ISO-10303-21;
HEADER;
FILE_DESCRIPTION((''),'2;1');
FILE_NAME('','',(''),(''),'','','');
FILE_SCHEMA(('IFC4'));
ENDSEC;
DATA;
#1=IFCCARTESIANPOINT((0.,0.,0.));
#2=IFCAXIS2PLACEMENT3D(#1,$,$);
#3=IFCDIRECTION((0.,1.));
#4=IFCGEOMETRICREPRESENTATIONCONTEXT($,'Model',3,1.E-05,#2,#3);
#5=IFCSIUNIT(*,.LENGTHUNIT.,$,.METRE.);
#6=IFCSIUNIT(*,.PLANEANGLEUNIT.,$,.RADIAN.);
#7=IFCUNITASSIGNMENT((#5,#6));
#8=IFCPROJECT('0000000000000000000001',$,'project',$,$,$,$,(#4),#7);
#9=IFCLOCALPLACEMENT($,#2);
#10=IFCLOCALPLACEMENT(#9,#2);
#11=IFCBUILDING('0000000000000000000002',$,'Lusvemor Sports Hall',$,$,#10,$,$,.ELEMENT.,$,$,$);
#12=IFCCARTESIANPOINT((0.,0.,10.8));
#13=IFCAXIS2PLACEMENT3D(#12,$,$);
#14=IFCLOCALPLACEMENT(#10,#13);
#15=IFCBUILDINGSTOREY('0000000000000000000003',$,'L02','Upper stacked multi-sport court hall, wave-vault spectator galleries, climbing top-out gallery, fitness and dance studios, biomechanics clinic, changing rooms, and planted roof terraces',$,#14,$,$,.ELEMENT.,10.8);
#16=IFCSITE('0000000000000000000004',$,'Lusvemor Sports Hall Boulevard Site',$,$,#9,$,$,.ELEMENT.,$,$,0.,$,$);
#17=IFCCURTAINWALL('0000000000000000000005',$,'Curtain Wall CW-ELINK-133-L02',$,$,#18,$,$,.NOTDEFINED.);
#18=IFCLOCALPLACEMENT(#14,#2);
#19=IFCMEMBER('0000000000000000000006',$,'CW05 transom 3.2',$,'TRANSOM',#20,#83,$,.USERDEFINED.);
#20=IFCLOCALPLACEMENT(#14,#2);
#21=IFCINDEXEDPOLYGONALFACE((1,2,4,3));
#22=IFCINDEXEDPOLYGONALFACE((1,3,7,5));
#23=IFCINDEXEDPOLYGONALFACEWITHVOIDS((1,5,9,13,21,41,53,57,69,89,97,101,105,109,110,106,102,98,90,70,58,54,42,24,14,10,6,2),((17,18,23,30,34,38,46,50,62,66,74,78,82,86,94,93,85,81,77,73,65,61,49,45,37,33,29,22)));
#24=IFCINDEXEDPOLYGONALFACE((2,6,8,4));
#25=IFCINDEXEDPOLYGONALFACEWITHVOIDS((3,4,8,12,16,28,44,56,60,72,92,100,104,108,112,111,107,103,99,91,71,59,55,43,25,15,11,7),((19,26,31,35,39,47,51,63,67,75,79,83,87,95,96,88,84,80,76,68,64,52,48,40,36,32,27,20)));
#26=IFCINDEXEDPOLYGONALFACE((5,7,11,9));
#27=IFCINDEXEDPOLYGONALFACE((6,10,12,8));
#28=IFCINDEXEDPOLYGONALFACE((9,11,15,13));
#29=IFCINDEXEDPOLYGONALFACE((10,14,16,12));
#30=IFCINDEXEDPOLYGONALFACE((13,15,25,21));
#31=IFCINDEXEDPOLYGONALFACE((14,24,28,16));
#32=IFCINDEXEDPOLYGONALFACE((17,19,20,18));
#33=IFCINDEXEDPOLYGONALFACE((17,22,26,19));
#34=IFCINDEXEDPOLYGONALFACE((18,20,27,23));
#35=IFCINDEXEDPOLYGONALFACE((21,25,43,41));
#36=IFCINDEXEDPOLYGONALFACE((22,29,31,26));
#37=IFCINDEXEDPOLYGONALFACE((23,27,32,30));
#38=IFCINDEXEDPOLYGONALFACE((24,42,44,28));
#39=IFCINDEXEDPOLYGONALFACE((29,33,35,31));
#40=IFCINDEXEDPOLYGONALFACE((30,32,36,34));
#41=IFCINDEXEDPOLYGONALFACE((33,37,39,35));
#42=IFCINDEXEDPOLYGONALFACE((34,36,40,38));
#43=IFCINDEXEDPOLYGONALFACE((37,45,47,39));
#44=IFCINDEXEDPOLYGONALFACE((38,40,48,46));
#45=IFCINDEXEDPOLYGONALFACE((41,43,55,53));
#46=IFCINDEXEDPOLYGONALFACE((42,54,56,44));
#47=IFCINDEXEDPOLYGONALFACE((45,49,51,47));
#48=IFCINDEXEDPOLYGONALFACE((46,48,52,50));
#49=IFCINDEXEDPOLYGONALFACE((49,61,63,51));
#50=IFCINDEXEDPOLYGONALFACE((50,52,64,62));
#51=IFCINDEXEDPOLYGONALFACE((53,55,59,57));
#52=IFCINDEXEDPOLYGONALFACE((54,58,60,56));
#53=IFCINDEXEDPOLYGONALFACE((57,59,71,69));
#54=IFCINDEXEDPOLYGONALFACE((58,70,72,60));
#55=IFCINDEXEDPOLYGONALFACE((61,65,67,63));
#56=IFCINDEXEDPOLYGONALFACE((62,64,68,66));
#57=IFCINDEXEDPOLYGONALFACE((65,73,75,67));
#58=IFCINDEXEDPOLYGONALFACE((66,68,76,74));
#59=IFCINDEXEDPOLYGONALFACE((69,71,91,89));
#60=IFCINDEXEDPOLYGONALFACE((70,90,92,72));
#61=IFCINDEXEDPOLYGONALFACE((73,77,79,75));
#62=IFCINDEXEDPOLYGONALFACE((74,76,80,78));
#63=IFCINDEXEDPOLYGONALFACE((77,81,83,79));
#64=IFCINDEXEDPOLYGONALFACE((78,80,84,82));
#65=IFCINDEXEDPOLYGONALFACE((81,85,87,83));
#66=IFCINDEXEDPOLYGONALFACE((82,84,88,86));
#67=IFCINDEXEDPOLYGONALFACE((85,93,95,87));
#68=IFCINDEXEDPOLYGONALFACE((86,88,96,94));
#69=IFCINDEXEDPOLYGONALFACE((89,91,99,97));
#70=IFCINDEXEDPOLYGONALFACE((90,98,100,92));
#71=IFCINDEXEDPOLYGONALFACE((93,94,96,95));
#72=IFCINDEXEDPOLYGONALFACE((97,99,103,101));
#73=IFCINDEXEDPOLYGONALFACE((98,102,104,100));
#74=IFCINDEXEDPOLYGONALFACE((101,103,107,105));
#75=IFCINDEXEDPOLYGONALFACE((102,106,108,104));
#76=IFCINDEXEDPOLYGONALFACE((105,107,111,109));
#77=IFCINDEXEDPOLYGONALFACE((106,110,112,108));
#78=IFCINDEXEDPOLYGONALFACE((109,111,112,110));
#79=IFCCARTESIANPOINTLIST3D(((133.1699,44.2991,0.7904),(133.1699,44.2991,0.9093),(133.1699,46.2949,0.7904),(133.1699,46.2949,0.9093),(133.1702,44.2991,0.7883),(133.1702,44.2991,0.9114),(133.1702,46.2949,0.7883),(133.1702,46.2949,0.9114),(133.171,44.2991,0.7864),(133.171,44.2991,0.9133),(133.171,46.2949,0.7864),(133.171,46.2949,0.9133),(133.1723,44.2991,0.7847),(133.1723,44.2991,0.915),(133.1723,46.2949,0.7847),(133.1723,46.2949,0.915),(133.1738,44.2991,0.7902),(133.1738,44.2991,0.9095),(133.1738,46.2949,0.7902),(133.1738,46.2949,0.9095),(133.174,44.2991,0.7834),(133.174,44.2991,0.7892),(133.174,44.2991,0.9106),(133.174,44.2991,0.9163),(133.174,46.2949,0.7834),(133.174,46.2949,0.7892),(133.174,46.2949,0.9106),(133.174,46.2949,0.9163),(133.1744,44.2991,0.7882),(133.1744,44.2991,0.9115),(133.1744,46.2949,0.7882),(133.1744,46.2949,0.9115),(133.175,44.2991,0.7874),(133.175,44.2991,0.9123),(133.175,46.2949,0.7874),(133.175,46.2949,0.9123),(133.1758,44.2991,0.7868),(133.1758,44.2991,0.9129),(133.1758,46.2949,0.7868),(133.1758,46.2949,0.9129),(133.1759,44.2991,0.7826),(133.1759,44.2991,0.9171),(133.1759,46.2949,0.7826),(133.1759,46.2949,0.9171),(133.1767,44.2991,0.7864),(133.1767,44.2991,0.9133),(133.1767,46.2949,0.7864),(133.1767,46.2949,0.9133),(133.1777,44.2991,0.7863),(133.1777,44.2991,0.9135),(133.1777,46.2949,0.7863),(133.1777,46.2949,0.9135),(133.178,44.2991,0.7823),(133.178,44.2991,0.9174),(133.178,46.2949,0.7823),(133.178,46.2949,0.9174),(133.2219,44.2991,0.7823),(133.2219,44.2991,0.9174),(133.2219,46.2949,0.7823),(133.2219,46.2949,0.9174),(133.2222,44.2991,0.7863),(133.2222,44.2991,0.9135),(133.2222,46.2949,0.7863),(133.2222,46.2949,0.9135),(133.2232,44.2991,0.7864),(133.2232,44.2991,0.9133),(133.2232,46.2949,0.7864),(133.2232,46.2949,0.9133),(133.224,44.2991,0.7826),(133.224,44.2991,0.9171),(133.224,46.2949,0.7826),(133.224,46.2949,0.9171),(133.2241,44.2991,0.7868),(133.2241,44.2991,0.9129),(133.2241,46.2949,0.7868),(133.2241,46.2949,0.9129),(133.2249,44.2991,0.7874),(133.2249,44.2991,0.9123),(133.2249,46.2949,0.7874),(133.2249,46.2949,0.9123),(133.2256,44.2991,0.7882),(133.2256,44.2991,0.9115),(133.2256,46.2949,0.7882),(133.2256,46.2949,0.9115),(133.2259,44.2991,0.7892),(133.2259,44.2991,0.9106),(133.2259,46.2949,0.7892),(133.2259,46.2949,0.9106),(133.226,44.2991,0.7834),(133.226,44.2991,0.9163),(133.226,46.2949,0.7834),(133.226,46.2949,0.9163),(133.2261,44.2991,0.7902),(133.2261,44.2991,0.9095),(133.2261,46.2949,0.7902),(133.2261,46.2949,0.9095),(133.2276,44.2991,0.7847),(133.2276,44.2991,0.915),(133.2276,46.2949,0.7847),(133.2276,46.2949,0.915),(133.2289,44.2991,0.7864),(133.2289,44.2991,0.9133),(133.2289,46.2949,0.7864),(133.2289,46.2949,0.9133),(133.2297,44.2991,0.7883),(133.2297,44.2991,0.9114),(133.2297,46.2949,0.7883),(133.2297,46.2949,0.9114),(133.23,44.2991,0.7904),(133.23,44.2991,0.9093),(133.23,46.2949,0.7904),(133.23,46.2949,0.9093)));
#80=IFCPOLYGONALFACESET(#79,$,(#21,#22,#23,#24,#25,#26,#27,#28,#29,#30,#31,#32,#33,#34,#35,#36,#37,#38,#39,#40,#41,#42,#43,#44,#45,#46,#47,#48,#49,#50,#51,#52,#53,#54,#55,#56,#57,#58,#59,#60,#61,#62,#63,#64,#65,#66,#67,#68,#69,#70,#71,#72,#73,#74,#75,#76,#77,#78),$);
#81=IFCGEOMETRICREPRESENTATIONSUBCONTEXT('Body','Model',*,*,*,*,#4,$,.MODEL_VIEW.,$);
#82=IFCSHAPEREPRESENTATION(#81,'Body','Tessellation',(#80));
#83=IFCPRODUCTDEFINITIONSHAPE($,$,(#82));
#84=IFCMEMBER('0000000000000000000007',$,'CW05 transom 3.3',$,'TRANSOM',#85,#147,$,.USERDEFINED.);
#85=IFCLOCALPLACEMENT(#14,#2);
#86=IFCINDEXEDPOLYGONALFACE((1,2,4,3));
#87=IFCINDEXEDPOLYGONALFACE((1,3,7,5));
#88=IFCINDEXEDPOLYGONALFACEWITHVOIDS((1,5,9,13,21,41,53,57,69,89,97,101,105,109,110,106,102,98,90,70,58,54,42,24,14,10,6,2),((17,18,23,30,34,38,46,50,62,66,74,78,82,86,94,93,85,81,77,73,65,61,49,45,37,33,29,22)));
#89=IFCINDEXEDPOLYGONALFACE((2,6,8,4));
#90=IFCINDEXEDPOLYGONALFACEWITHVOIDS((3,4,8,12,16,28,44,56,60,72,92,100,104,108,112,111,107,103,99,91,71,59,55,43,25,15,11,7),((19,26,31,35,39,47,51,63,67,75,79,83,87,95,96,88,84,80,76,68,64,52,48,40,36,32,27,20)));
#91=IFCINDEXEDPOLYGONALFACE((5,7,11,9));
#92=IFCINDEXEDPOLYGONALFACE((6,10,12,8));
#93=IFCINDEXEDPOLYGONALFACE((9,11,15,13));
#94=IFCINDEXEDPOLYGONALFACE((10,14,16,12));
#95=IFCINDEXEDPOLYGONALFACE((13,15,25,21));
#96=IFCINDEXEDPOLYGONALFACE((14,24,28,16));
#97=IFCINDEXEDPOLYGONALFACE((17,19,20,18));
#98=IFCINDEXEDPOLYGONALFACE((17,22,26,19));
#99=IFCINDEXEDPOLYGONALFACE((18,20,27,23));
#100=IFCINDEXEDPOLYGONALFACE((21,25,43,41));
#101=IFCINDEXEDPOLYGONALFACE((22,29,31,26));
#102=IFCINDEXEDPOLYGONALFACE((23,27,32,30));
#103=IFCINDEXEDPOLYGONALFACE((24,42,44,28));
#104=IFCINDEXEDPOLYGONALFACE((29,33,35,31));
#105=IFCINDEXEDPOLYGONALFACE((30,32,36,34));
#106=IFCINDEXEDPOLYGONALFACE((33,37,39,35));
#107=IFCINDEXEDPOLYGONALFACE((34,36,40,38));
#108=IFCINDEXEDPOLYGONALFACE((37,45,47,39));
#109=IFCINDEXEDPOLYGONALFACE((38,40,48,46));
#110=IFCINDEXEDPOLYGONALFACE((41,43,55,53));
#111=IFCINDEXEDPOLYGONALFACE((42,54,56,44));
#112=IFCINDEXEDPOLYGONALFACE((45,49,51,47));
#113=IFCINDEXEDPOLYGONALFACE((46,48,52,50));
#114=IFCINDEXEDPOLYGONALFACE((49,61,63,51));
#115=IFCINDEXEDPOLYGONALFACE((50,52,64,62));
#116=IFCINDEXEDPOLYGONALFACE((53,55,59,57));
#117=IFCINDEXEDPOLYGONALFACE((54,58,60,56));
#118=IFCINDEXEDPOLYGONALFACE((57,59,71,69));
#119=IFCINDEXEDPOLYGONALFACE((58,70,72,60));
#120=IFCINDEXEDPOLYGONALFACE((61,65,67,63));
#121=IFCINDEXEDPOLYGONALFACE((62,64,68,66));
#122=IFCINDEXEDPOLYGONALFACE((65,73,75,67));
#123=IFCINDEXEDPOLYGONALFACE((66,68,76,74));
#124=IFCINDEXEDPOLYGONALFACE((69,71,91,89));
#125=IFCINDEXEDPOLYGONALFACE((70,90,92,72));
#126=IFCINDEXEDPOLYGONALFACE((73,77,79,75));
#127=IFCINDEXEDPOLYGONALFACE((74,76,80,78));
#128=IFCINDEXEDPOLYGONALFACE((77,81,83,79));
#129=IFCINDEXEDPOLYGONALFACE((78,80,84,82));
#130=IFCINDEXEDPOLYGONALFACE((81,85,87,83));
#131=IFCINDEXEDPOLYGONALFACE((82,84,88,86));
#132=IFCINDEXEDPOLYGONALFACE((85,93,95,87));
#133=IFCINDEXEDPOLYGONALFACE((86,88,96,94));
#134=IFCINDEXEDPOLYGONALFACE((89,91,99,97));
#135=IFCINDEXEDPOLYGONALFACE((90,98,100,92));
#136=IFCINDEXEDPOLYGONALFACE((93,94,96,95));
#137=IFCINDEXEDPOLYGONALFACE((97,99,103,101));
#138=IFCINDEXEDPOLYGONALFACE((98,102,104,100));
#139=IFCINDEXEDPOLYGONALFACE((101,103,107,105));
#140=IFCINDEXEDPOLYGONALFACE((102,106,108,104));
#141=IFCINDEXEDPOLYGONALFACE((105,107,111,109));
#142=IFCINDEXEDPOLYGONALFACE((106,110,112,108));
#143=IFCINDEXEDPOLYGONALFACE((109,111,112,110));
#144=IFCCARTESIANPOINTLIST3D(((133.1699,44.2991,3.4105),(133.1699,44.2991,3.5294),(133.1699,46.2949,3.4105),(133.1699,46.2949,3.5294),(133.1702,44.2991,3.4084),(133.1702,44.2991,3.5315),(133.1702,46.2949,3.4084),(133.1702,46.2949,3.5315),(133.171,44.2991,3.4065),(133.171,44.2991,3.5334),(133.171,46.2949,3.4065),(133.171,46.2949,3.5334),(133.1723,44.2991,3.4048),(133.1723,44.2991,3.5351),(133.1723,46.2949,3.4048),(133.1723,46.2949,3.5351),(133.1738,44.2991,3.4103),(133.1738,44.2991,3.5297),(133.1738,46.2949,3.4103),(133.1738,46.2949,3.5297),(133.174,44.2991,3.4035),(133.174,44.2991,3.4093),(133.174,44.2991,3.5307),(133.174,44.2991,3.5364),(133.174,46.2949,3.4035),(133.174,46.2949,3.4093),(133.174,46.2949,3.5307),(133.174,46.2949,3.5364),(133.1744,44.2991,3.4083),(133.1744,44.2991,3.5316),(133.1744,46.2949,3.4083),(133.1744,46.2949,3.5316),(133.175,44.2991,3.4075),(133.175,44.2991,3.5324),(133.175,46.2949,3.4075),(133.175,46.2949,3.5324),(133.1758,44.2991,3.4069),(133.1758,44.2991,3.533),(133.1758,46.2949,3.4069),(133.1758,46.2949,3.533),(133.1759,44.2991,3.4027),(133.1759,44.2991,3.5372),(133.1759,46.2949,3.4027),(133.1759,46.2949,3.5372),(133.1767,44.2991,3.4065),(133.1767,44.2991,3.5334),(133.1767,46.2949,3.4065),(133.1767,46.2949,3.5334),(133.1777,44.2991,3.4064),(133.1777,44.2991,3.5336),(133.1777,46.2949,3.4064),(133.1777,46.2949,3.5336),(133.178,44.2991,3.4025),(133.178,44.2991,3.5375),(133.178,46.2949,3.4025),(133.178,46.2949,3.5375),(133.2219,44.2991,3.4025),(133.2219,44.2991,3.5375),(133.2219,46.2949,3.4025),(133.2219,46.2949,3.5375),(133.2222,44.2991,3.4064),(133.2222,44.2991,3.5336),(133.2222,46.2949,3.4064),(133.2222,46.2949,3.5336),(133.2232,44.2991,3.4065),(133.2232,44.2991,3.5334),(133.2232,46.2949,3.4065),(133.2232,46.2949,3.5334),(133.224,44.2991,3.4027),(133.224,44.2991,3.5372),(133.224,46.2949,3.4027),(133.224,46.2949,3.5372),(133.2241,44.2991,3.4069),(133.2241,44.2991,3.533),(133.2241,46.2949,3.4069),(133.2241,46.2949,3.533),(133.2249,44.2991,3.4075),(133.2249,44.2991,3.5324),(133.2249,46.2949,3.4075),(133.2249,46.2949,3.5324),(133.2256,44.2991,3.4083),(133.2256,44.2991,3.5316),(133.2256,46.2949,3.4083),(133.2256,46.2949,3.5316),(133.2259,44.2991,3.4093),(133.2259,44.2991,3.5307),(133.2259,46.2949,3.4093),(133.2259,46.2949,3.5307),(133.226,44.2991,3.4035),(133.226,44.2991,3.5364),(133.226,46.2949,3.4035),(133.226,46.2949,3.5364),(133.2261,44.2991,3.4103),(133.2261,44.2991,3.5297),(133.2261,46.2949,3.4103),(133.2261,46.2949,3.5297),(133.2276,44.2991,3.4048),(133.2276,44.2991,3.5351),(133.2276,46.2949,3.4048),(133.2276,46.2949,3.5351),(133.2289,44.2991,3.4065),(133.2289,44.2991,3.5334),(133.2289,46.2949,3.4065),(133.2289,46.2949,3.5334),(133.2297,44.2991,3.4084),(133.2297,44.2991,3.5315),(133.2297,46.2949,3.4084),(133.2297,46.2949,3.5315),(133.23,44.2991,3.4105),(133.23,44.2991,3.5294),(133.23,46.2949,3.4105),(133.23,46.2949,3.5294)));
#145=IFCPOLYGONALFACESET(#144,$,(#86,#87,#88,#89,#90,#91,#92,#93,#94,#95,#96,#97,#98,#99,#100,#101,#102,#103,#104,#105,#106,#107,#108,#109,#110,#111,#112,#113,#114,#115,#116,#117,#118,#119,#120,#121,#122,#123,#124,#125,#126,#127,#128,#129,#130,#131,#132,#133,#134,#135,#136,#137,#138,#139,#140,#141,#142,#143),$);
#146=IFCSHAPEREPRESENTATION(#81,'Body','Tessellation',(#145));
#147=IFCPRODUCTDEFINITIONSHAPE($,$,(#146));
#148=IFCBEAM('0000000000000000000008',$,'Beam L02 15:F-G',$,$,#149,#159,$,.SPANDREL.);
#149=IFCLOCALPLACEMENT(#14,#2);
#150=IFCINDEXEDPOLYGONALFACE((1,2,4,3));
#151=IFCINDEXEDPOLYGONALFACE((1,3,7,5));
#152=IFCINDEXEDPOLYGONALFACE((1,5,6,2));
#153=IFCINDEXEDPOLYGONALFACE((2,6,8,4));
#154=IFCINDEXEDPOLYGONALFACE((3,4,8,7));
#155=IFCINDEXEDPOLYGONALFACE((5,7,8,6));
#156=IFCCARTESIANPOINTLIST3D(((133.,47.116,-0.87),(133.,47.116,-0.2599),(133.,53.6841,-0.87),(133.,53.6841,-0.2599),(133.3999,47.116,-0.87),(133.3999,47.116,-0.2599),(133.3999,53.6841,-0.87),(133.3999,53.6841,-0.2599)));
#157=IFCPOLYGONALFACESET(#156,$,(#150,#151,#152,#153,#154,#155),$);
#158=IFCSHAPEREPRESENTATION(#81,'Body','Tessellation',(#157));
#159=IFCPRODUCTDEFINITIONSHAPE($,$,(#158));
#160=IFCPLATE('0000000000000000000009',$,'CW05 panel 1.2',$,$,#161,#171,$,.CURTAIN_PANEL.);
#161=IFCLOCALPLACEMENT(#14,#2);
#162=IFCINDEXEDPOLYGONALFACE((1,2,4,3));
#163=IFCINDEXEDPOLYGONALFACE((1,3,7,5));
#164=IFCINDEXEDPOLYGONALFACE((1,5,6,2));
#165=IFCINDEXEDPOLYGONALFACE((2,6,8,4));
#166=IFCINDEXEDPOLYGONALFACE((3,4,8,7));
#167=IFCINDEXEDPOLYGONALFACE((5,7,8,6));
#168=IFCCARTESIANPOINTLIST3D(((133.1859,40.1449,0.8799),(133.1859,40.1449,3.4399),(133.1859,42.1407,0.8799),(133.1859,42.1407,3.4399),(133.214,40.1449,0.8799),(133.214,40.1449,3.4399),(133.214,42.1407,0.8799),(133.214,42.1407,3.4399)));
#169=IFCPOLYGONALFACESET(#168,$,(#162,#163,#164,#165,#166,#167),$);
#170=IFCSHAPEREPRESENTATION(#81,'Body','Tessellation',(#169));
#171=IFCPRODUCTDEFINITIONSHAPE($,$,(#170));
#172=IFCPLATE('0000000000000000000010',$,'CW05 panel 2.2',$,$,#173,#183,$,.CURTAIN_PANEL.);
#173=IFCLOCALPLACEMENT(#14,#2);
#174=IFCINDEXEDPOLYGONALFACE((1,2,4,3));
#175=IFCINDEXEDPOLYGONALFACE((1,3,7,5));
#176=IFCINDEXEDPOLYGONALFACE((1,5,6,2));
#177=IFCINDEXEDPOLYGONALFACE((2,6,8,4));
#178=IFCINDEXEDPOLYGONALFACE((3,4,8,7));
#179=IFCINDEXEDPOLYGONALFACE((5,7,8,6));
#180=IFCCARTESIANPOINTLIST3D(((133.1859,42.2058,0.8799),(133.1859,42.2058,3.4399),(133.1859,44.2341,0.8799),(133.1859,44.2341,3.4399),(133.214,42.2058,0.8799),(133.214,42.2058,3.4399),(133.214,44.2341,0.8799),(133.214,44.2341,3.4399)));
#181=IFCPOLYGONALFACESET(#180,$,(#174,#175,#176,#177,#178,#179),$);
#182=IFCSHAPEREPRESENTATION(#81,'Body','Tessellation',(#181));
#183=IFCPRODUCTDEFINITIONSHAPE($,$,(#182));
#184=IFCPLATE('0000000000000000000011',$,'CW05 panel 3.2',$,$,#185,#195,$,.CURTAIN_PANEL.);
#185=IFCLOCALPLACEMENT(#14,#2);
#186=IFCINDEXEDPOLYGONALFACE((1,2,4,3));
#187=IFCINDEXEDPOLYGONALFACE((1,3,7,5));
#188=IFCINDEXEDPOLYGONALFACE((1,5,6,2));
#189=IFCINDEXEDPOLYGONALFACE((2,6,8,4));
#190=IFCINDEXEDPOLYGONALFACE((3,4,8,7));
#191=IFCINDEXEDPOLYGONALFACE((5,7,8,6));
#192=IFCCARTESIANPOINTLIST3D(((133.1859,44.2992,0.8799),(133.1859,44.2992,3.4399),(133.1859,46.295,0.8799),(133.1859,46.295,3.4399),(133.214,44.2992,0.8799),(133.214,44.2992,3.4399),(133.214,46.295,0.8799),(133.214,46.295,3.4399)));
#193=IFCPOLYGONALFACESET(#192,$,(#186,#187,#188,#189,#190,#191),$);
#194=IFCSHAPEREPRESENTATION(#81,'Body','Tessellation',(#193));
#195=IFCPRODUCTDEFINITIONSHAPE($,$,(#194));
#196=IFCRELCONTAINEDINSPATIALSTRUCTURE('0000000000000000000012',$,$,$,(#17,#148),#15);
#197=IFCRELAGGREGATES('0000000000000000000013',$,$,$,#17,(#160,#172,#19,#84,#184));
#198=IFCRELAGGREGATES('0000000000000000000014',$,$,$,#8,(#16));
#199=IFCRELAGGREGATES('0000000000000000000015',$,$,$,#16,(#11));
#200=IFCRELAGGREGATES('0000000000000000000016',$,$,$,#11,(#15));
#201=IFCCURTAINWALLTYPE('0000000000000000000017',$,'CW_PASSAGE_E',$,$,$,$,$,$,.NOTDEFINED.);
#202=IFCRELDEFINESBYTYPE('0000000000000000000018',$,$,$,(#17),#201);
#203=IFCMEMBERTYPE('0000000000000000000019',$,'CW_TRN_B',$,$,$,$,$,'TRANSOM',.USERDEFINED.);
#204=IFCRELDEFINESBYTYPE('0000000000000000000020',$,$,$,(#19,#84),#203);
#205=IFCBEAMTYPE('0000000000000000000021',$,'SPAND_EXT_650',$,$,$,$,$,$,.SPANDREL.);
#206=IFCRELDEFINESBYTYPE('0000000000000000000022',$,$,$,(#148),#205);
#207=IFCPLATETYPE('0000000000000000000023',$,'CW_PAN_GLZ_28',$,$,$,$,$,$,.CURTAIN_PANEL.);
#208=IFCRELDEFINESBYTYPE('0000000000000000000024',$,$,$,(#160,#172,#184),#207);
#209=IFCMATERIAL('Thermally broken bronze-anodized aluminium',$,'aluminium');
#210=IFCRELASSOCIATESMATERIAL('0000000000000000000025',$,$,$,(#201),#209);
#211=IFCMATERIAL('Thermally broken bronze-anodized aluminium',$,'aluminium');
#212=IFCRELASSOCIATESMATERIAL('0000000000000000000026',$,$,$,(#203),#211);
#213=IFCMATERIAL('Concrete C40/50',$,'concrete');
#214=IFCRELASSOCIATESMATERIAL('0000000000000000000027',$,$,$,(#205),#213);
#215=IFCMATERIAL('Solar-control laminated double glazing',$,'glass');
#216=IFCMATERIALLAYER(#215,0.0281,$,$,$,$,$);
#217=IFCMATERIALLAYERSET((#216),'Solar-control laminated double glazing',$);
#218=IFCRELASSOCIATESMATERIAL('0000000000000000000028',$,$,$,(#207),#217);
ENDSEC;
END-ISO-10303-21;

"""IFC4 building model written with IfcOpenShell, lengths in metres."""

from ifc_helpers import new_model, si_unit, direction, frame, origin, origin_2d, place, context, subcontext, project, spatial, rectangle, hollow_rectangle, extrude, material, layer, layer_set, material_profile, profile_set, type_object, element, aggregate, save


model = new_model("IFC4")

# Units and contexts
model_context = context("Model", 3, precision=1e-05, world=origin(), true_north=direction((0.0, 1.0)))
body_context = subcontext(model_context, "Body", "Model", "MODEL_VIEW")
ifc_project = project(units=[si_unit("LENGTHUNIT", "METRE"), si_unit("PLANEANGLEUNIT", "RADIAN")], contexts=[model_context])

# Site, building, storey
site_placement = place(None, origin())
site = spatial("IfcSite", under=ifc_project, at=site_placement, Name="Lusvemor Sports Hall Boulevard Site", CompositionType="ELEMENT", RefElevation=0.0)
building_placement = place(site_placement, origin())
building = spatial("IfcBuilding", under=site, at=building_placement, Name="Lusvemor Sports Hall", CompositionType="ELEMENT")
storey_placement = place(building_placement, frame((0.0, 0.0, 10.8)))
storey = spatial("IfcBuildingStorey", under=building, at=storey_placement, Name="L02", Description="Upper stacked multi-sport court hall, wave-vault spectator galleries, climbing top-out gallery, fitness and dance studios, biomechanics clinic, changing rooms, and planted roof terraces", CompositionType="ELEMENT", Elevation=10.8)

# Curtain wall
ifc_material_1 = material(Name="Thermally broken bronze-anodized aluminium", Category="aluminium")
curtain_wall_type_1 = type_object("IfcCurtainWallType", Name="CW_PASSAGE_E", PredefinedType="NOTDEFINED", material=ifc_material_1)
curtain_wall_1_placement = place(storey_placement, origin())
curtain_wall_1 = element("IfcCurtainWall", 1, at=curtain_wall_1_placement, inside=storey, type_object=curtain_wall_type_1, Name="Curtain Wall CW-ELINK-133-L02", PredefinedType="NOTDEFINED")

# Members
ifc_material_2 = material(Name="Thermally broken bronze-anodized aluminium", Category="aluminium")
ifc_material_profile_1 = material_profile(ifc_material_2, hollow_rectangle(XDim=0.0601, YDim=0.135, WallThickness=0.0039, InnerFilletRadius=0.0039, OuterFilletRadius=0.0081, at=origin_2d()), Name="CWTRN135x60x4")
ifc_profile_set_1 = profile_set([ifc_material_profile_1], Name="Thermally broken bronze-anodized aluminium")
member_type_1 = type_object("IfcMemberType", Name="CW_TRN_B", ElementType="TRANSOM", PredefinedType="USERDEFINED", material=ifc_profile_set_1)
member_1_placement = place(storey_placement, frame((133.2, 44.2991, 0.8499), z_axis=(0.0, 1.0, 0.0), x_axis=(-1.0, 0.0, 0.0)))
member_1 = element("IfcMember", 2, at=member_1_placement, type_object=member_type_1, Name="CW05 transom 3.2", ObjectType="TRANSOM", PredefinedType="USERDEFINED", context=body_context, shape_type="SweptSolid", body=[
    extrude(hollow_rectangle(XDim=0.0601, YDim=0.135, WallThickness=0.0039, InnerFilletRadius=0.0039, OuterFilletRadius=0.0081, at=origin_2d()), origin(), (0.0, 0.0, 1.0), 1.9958),
])
member_2_placement = place(storey_placement, frame((133.2, 44.2991, 3.47), z_axis=(0.0, 1.0, 0.0), x_axis=(-1.0, 0.0, 0.0)))
member_2 = element("IfcMember", 3, at=member_2_placement, type_object=member_type_1, Name="CW05 transom 3.3", ObjectType="TRANSOM", PredefinedType="USERDEFINED", context=body_context, shape_type="SweptSolid", body=[
    extrude(hollow_rectangle(XDim=0.0601, YDim=0.135, WallThickness=0.0039, InnerFilletRadius=0.0039, OuterFilletRadius=0.0081, at=origin_2d()), origin(), (0.0, 0.0, 1.0), 1.9958),
])

# Beam
ifc_material_3 = material(Name="Concrete C40/50", Category="concrete")
ifc_material_profile_2 = material_profile(ifc_material_3, rectangle(XDim=0.3999, YDim=0.6101, at=origin_2d()), Name="RC400x610")
ifc_profile_set_2 = profile_set([ifc_material_profile_2], Name="Concrete C40/50")
beam_type = type_object("IfcBeamType", Name="SPAND_EXT_650", PredefinedType="SPANDREL", material=ifc_profile_set_2)
beam_placement = place(storey_placement, frame((133.2, 47.116, -0.5649), z_axis=(0.0, 1.0, 0.0), x_axis=(-1.0, 0.0, 0.0)))
element("IfcBeam", 4, at=beam_placement, inside=storey, type_object=beam_type, Name="Beam L02 15:F-G", PredefinedType="SPANDREL", context=body_context, shape_type="SweptSolid", body=[
    extrude(rectangle(XDim=0.3999, YDim=0.6101, at=origin_2d()), origin(), (0.0, 0.0, 1.0), 6.5681),
])

# Plates
ifc_material_4 = material(Name="Solar-control laminated double glazing", Category="glass")
ifc_layer_1 = layer(ifc_material_4, 0.0281)
ifc_layer_set_1 = layer_set([ifc_layer_1], Name="Solar-control laminated double glazing")
plate_type_1 = type_object("IfcPlateType", Name="CW_PAN_GLZ_28", PredefinedType="CURTAIN_PANEL", material=ifc_layer_set_1)
plate_1_placement = place(storey_placement, frame((133.2, 41.1428, 0.8799), z_axis=(0.0, 0.0, 1.0), x_axis=(0.0, 1.0, 0.0)))
plate_1 = element("IfcPlate", 5, at=plate_1_placement, type_object=plate_type_1, Name="CW05 panel 1.2", PredefinedType="CURTAIN_PANEL", context=body_context, shape_type="SweptSolid", body=[
    extrude(rectangle(XDim=1.9958, YDim=0.0281, at=origin_2d()), origin(), (0.0, 0.0, 1.0), 2.5601),
])
plate_2_placement = place(storey_placement, frame((133.2, 43.22, 0.8799), z_axis=(0.0, 0.0, 1.0), x_axis=(0.0, 1.0, 0.0)))
plate_2 = element("IfcPlate", 6, at=plate_2_placement, type_object=plate_type_1, Name="CW05 panel 2.2", PredefinedType="CURTAIN_PANEL", context=body_context, shape_type="SweptSolid", body=[
    extrude(rectangle(XDim=2.0283, YDim=0.0281, at=origin_2d()), origin(), (0.0, 0.0, 1.0), 2.5601),
])
plate_3_placement = place(storey_placement, frame((133.2, 45.2971, 0.8799), z_axis=(0.0, 0.0, 1.0), x_axis=(0.0, 1.0, 0.0)))
plate_3 = element("IfcPlate", 7, at=plate_3_placement, type_object=plate_type_1, Name="CW05 panel 3.2", PredefinedType="CURTAIN_PANEL", context=body_context, shape_type="SweptSolid", body=[
    extrude(rectangle(XDim=1.9958, YDim=0.0281, at=origin_2d()), origin(), (0.0, 0.0, 1.0), 2.5601),
])
aggregate(curtain_wall_1, [plate_1, plate_2, member_1, member_2, plate_3])

save(model, "model.ifc")
